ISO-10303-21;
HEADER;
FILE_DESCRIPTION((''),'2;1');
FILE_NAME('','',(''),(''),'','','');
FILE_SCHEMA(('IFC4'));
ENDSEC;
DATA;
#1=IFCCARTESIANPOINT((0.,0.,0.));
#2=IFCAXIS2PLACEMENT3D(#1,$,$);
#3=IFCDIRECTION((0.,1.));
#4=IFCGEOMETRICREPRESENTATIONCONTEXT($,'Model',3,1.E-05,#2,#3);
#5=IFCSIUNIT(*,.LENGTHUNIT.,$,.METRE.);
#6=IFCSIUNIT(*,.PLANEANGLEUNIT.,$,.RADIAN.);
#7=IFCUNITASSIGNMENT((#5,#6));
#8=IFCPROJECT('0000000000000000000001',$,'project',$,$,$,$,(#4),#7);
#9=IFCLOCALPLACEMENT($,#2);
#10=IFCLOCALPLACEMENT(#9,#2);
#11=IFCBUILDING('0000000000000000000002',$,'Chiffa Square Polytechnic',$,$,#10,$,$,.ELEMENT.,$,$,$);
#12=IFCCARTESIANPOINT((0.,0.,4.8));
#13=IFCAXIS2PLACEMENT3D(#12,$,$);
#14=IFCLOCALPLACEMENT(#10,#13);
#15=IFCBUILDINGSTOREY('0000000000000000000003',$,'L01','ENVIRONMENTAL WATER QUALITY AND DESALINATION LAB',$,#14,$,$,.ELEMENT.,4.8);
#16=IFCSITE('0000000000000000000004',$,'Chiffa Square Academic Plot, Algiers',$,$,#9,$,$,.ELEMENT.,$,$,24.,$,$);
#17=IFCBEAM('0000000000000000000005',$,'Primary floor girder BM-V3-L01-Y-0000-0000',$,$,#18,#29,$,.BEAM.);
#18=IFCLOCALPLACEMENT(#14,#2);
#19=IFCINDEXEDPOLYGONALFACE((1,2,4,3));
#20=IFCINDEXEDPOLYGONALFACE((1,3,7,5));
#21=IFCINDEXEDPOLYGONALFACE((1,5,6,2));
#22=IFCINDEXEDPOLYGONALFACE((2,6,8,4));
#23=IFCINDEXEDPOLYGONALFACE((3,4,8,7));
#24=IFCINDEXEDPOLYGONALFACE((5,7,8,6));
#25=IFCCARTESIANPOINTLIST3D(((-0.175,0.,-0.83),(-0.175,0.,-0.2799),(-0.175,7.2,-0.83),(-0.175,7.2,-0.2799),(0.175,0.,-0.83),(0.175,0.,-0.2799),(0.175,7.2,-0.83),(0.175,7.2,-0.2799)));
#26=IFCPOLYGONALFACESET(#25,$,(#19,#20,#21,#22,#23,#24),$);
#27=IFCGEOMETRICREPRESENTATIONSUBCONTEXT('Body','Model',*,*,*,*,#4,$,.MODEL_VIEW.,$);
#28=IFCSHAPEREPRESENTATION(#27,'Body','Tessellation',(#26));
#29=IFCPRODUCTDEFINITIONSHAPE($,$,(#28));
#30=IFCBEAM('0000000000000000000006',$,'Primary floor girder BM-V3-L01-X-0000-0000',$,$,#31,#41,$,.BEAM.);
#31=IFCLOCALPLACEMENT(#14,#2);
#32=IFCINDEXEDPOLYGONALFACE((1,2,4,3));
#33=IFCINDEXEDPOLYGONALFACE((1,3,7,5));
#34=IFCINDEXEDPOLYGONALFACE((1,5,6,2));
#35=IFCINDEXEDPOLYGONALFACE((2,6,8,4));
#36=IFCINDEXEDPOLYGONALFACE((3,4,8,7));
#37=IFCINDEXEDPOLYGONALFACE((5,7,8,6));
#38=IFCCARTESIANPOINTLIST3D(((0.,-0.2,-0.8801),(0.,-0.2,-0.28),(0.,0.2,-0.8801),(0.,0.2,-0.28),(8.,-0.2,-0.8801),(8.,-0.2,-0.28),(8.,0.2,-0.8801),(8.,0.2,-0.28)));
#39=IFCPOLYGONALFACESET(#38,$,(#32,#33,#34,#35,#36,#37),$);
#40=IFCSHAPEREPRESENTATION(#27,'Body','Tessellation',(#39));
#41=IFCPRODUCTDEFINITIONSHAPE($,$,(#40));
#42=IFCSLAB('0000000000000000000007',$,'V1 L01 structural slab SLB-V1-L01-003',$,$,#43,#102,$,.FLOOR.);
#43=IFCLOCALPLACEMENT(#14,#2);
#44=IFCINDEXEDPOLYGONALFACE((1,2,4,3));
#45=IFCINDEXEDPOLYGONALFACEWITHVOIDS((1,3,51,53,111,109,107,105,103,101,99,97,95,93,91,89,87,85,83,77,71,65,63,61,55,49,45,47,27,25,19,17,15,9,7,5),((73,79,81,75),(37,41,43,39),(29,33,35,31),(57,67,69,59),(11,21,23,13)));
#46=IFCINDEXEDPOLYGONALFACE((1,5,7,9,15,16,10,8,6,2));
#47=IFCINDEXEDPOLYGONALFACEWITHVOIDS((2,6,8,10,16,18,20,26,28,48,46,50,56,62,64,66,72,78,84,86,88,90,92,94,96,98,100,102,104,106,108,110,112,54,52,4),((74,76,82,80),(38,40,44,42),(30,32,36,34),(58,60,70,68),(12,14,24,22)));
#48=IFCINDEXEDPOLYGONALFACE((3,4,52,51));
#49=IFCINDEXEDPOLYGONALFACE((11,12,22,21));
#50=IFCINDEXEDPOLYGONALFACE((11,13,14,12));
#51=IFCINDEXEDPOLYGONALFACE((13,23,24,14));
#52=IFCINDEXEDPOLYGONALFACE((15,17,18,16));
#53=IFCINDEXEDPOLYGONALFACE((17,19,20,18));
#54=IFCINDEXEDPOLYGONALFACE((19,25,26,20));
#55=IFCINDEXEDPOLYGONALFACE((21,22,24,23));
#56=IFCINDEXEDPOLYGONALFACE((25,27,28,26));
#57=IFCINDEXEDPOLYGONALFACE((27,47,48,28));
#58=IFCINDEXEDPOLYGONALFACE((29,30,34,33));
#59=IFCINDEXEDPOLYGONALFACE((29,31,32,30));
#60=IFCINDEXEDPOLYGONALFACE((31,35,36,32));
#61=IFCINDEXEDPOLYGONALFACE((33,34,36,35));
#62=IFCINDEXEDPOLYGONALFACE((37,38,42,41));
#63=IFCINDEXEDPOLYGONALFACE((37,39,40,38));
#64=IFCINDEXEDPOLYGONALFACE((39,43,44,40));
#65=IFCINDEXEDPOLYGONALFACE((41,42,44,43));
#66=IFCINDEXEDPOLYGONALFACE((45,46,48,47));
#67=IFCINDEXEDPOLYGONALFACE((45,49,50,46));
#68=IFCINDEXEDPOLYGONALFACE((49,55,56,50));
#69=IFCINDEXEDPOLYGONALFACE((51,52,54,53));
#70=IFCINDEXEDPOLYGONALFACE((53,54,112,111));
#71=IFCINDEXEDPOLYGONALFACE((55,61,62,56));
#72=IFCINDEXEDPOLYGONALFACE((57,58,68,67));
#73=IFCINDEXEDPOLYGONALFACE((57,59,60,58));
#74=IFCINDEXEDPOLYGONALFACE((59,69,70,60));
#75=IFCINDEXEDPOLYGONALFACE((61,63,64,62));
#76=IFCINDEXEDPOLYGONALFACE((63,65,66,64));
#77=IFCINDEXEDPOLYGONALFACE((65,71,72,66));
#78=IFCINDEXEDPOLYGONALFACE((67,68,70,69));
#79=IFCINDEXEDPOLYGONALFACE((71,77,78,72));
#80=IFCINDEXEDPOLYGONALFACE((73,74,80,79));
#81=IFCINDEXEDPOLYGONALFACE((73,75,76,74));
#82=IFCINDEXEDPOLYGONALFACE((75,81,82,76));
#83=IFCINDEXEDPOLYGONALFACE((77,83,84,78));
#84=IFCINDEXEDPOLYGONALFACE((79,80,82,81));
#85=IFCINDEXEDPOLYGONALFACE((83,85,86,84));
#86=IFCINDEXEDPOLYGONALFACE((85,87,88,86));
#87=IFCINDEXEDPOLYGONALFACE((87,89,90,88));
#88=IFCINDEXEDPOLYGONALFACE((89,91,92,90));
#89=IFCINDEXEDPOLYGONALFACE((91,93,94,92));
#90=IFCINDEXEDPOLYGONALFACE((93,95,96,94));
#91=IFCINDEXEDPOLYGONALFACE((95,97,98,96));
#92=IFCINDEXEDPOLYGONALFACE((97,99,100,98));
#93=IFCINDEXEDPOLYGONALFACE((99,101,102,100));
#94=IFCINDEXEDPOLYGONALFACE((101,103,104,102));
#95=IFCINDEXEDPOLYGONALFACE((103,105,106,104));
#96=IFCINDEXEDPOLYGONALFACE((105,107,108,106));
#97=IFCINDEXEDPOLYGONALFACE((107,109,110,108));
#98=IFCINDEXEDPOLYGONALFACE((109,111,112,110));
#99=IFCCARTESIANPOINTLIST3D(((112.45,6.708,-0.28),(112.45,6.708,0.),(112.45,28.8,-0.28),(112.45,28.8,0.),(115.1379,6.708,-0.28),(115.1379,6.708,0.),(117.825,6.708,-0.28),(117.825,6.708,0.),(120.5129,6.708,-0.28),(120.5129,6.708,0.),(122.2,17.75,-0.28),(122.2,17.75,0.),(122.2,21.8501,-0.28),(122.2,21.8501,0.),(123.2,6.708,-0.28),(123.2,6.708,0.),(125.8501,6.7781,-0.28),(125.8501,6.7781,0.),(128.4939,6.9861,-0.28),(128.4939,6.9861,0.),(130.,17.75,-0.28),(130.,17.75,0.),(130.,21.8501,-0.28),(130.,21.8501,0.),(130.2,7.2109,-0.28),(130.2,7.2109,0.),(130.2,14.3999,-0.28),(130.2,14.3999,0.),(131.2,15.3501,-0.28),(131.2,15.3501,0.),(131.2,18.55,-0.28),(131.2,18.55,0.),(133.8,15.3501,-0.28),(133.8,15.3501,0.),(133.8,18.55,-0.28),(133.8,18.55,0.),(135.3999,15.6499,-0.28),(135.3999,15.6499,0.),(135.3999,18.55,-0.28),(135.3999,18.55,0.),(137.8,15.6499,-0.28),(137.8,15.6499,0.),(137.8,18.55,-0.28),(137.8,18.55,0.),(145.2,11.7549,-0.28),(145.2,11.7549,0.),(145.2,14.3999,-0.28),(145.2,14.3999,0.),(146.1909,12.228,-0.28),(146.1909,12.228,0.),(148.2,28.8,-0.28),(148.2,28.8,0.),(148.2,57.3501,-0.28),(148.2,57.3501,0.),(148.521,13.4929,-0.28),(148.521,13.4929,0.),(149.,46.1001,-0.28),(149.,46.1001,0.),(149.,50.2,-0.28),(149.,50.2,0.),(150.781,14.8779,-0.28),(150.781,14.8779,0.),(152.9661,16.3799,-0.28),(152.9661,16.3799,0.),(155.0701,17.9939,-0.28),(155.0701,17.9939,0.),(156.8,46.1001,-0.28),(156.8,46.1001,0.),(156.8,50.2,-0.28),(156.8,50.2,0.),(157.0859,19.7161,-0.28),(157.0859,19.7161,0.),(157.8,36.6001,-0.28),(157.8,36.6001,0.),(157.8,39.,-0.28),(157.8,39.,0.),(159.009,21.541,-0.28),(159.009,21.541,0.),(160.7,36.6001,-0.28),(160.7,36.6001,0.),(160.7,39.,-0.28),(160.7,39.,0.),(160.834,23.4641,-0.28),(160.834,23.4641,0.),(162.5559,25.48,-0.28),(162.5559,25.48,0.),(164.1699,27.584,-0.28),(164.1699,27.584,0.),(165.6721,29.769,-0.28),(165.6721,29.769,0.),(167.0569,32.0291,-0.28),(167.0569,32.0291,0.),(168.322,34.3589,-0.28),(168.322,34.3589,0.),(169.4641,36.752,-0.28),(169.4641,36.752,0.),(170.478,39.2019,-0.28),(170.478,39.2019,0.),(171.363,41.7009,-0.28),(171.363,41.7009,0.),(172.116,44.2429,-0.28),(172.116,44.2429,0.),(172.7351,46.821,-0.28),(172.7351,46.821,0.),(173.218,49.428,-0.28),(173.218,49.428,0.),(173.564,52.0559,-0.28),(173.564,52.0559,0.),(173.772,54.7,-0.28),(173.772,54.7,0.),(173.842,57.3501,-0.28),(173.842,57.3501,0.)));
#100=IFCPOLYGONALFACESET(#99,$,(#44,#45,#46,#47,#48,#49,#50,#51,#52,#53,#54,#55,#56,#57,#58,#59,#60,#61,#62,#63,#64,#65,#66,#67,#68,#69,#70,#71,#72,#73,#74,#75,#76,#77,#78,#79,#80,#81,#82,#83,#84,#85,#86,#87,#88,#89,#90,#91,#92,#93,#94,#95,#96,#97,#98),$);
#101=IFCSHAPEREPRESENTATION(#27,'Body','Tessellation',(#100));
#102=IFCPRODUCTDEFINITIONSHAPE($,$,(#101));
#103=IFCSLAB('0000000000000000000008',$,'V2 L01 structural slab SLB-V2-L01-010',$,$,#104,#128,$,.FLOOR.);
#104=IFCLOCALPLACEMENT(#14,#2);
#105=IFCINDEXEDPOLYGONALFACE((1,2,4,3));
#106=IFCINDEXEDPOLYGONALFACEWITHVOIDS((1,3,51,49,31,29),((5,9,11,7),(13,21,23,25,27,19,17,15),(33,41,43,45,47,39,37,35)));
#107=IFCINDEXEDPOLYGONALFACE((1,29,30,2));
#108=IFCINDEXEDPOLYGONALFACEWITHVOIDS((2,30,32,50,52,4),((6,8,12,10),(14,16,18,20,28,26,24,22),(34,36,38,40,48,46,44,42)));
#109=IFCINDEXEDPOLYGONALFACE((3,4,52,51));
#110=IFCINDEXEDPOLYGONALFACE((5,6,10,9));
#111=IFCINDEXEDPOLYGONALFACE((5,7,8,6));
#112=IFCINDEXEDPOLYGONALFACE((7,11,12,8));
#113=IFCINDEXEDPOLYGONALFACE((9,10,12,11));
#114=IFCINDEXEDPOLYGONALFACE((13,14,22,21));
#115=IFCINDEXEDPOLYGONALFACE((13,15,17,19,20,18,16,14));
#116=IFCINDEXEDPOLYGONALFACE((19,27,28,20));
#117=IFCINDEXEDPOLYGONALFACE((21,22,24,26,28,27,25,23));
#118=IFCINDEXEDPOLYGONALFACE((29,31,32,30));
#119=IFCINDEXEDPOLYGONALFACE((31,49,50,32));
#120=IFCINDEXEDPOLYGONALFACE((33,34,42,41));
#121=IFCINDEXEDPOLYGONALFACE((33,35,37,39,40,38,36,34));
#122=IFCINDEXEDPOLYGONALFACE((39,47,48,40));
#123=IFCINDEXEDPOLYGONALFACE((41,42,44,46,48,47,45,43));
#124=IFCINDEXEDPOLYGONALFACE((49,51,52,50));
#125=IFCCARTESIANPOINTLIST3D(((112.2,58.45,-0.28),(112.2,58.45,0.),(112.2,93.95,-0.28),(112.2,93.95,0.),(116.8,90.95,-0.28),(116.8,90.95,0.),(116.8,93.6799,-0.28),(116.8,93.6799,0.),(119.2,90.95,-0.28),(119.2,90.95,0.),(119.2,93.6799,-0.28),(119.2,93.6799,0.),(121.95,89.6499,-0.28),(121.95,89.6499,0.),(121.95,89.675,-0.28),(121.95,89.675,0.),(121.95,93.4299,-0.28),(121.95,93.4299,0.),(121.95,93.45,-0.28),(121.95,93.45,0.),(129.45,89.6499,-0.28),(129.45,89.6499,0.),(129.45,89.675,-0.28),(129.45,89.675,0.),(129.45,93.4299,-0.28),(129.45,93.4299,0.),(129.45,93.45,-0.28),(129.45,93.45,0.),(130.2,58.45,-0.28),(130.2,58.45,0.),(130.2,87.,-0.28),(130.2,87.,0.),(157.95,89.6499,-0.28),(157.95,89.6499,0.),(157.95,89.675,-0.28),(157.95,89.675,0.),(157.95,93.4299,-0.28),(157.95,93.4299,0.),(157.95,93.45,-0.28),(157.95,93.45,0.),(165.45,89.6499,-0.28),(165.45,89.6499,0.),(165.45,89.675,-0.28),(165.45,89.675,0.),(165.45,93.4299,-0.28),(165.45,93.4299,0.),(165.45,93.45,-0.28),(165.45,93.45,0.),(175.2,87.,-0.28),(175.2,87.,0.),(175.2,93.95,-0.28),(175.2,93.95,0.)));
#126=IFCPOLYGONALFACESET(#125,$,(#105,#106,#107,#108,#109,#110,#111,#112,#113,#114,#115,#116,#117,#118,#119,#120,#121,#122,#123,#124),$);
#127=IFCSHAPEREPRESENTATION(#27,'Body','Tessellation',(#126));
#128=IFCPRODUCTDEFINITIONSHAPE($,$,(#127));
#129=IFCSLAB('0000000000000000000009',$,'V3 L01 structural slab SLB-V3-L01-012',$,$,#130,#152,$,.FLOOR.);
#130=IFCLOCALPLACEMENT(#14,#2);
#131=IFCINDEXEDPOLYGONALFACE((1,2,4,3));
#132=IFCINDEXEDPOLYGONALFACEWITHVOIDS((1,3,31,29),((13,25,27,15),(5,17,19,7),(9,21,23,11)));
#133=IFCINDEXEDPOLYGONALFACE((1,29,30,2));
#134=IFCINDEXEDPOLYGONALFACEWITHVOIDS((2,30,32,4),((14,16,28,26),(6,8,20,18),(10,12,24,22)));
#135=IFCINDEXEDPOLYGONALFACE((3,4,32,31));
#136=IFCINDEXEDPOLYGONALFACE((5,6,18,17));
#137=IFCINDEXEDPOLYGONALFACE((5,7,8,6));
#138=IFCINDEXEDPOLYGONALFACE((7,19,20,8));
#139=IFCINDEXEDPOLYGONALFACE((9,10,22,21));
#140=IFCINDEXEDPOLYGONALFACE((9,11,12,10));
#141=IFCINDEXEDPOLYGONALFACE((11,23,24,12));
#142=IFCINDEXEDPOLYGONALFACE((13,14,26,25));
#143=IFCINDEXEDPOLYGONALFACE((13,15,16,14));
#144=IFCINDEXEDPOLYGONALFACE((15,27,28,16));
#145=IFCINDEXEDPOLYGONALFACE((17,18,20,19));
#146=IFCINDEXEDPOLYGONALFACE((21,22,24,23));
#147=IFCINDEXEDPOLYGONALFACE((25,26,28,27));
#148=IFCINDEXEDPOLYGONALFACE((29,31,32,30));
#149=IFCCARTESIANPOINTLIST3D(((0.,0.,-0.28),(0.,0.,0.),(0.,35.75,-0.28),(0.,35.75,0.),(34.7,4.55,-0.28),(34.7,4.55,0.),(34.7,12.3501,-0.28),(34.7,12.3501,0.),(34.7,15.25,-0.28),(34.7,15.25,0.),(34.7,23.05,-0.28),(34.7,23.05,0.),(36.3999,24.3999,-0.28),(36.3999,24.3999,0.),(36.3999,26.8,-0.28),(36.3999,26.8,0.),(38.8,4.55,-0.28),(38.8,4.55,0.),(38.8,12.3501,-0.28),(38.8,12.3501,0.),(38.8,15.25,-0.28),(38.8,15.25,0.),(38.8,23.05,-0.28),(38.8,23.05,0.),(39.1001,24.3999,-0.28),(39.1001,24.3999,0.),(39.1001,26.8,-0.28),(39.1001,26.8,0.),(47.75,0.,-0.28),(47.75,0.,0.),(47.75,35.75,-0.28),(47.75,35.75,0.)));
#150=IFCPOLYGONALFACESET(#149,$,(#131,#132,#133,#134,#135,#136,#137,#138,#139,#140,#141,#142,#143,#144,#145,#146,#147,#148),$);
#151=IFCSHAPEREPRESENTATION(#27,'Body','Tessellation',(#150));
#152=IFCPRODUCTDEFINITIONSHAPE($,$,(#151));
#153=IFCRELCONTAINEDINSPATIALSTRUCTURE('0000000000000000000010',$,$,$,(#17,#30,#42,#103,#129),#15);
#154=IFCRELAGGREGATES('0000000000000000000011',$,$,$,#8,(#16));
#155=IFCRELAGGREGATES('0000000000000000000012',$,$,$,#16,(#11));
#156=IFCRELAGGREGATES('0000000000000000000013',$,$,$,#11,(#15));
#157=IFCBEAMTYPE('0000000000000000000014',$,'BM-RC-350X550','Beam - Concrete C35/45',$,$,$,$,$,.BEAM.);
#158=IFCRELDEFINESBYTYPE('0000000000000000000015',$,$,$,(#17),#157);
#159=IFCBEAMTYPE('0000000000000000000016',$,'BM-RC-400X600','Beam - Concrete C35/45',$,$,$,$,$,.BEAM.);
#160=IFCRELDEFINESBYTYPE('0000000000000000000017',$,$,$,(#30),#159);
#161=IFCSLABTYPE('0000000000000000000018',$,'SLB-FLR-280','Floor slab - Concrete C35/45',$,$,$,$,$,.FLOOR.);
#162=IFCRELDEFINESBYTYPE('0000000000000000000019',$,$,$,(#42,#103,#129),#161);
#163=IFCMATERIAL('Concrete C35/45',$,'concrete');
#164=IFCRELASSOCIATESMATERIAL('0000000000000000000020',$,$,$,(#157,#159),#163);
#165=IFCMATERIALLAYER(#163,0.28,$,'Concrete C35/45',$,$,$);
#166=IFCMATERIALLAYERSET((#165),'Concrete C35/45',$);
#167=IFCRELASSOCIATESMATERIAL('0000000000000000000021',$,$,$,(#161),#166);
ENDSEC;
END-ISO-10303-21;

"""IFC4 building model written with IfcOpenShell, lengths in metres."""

from ifc_helpers import new_model, si_unit, direction, frame, origin, origin_2d, place, context, subcontext, project, spatial, polyline, rectangle, outline, extrude, material, layer, layer_set, material_profile, profile_set, type_object, element, save


model = new_model("IFC4")

# Units and contexts
model_context = context("Model", 3, precision=1e-05, world=origin(), true_north=direction((0.0, 1.0)))
body_context = subcontext(model_context, "Body", "Model", "MODEL_VIEW")
ifc_project = project(units=[si_unit("LENGTHUNIT", "METRE"), si_unit("PLANEANGLEUNIT", "RADIAN")], contexts=[model_context])

# Site, building, storey
site_placement = place(None, origin())
site = spatial("IfcSite", under=ifc_project, at=site_placement, Name="Chiffa Square Academic Plot, Algiers", CompositionType="ELEMENT", RefElevation=24.0)
building_placement = place(site_placement, origin())
building = spatial("IfcBuilding", under=site, at=building_placement, Name="Chiffa Square Polytechnic", CompositionType="ELEMENT")
storey_placement = place(building_placement, frame((0.0, 0.0, 4.8)))
storey = spatial("IfcBuildingStorey", under=building, at=storey_placement, Name="L01", Description="ENVIRONMENTAL WATER QUALITY AND DESALINATION LAB", CompositionType="ELEMENT", Elevation=4.8)

# Beams
ifc_material_1 = material(Name="Concrete C35/45", Category="concrete")
ifc_material_profile_1 = material_profile(ifc_material_1, rectangle(XDim=0.3501, YDim=0.55, at=origin_2d()), Name="RC 350x550")
ifc_profile_set_1 = profile_set([ifc_material_profile_1], Name="Concrete C35/45")
beam_type_1 = type_object("IfcBeamType", Name="BM-RC-350X550", Description="Beam - Concrete C35/45", PredefinedType="BEAM", material=ifc_profile_set_1)
beam_1_placement = place(storey_placement, frame((0.0, 0.0, -0.5549), z_axis=(0.0, 1.0, 0.0), x_axis=(-1.0, 0.0, 0.0)))
element("IfcBeam", 1, at=beam_1_placement, inside=storey, type_object=beam_type_1, Name="Primary floor girder BM-V3-L01-Y-0000-0000", PredefinedType="BEAM", context=body_context, shape_type="SweptSolid", body=[
    extrude(rectangle(XDim=0.3501, YDim=0.55, at=origin_2d()), origin(), (0.0, 0.0, 1.0), 7.2),
])
ifc_material_profile_2 = material_profile(ifc_material_1, rectangle(XDim=0.3999, YDim=0.6001, at=origin_2d()), Name="RC 400x600")
ifc_profile_set_2 = profile_set([ifc_material_profile_2], Name="Concrete C35/45")
beam_type_2 = type_object("IfcBeamType", Name="BM-RC-400X600", Description="Beam - Concrete C35/45", PredefinedType="BEAM", material=ifc_profile_set_2)
beam_2_placement = place(storey_placement, frame((0.0, 0.0, -0.5801), z_axis=(1.0, 0.0, 0.0), x_axis=(0.0, 1.0, 0.0)))
element("IfcBeam", 2, at=beam_2_placement, inside=storey, type_object=beam_type_2, Name="Primary floor girder BM-V3-L01-X-0000-0000", PredefinedType="BEAM", context=body_context, shape_type="SweptSolid", body=[
    extrude(rectangle(XDim=0.3999, YDim=0.6001, at=origin_2d()), origin(), (0.0, 0.0, 1.0), 8.0),
])

# Slabs
ifc_layer_1 = layer(ifc_material_1, 0.28, Name="Concrete C35/45")
ifc_layer_set_1 = layer_set([ifc_layer_1], Name="Concrete C35/45")
slab_type_1 = type_object("IfcSlabType", Name="SLB-FLR-280", Description="Floor slab - Concrete C35/45", PredefinedType="FLOOR", material=ifc_layer_set_1)
slab_1_placement = place(storey_placement, frame((0.0, 0.0, -0.28)))
element("IfcSlab", 3, at=slab_1_placement, inside=storey, type_object=slab_type_1, Name="V1 L01 structural slab SLB-V1-L01-003", PredefinedType="FLOOR", context=body_context, shape_type="SweptSolid", body=[
    extrude(outline(polyline([(148.2, 28.8), (148.2, 57.3501), (173.842, 57.3501), (173.772, 54.7), (173.564, 52.0559), (173.218, 49.428), (172.7351, 46.821), (172.116, 44.2429), (171.363, 41.7009), (170.478, 39.2019), (169.4641, 36.752), (168.322, 34.3589), (167.0569, 32.0291), (165.6721, 29.769), (164.1699, 27.584), (162.5559, 25.48), (160.834, 23.4641), (159.009, 21.541), (157.0859, 19.7161), (155.0701, 17.9939), (152.9661, 16.3799), (150.781, 14.8779), (148.521, 13.4929), (146.1909, 12.228), (145.2, 11.7549), (145.2, 14.3999), (130.2, 14.3999), (130.2, 7.2109), (128.4939, 6.9861), (125.8501, 6.7781), (123.2, 6.708), (120.5129, 6.708), (117.825, 6.708), (115.1379, 6.708), (112.45, 6.708), (112.45, 28.8), (148.2, 28.8)]), holes=[polyline([(122.2, 21.8501), (130.0, 21.8501), (130.0, 17.75), (122.2, 17.75), (122.2, 21.8501)]), polyline([(149.0, 50.2), (156.8, 50.2), (156.8, 46.1001), (149.0, 46.1001), (149.0, 50.2)]), polyline([(131.2, 18.55), (133.8, 18.55), (133.8, 15.3501), (131.2, 15.3501), (131.2, 18.55)]), polyline([(135.3999, 18.55), (137.8, 18.55), (137.8, 15.6499), (135.3999, 15.6499), (135.3999, 18.55)]), polyline([(157.8, 39.0), (160.7, 39.0), (160.7, 36.6001), (157.8, 36.6001), (157.8, 39.0)])]), origin(), (0.0, 0.0, 1.0), 0.28),
])
slab_2_placement = place(storey_placement, frame((0.0, 0.0, -0.28)))
element("IfcSlab", 4, at=slab_2_placement, inside=storey, type_object=slab_type_1, Name="V2 L01 structural slab SLB-V2-L01-010", PredefinedType="FLOOR", context=body_context, shape_type="SweptSolid", body=[
    extrude(outline(polyline([(112.2, 93.95), (175.2, 93.95), (175.2, 87.0), (130.2, 87.0), (130.2, 58.45), (112.2, 58.45), (112.2, 93.95)]), holes=[polyline([(129.45, 93.45), (129.45, 93.4299), (129.45, 89.675), (129.45, 89.6499), (121.95, 89.6499), (121.95, 89.675), (121.95, 93.4299), (121.95, 93.45), (129.45, 93.45)]), polyline([(165.45, 93.45), (165.45, 93.4299), (165.45, 89.675), (165.45, 89.6499), (157.95, 89.6499), (157.95, 89.675), (157.95, 93.4299), (157.95, 93.45), (165.45, 93.45)]), polyline([(116.8, 93.6799), (119.2, 93.6799), (119.2, 90.95), (116.8, 90.95), (116.8, 93.6799)])]), origin(), (0.0, 0.0, 1.0), 0.28),
])
slab_3_placement = place(storey_placement, frame((0.0, 0.0, -0.28)))
element("IfcSlab", 5, at=slab_3_placement, inside=storey, type_object=slab_type_1, Name="V3 L01 structural slab SLB-V3-L01-012", PredefinedType="FLOOR", context=body_context, shape_type="SweptSolid", body=[
    extrude(outline(polyline([(0.0, 35.75), (47.75, 35.75), (47.75, 0.0), (0.0, 0.0), (0.0, 35.75)]), holes=[polyline([(34.7, 4.55), (34.7, 12.3501), (38.8, 12.3501), (38.8, 4.55), (34.7, 4.55)]), polyline([(34.7, 15.25), (34.7, 23.05), (38.8, 23.05), (38.8, 15.25), (34.7, 15.25)]), polyline([(36.3999, 26.8), (39.1001, 26.8), (39.1001, 24.3999), (36.3999, 24.3999), (36.3999, 26.8)])]), origin(), (0.0, 0.0, 1.0), 0.28),
])

save(model, "model.ifc")
